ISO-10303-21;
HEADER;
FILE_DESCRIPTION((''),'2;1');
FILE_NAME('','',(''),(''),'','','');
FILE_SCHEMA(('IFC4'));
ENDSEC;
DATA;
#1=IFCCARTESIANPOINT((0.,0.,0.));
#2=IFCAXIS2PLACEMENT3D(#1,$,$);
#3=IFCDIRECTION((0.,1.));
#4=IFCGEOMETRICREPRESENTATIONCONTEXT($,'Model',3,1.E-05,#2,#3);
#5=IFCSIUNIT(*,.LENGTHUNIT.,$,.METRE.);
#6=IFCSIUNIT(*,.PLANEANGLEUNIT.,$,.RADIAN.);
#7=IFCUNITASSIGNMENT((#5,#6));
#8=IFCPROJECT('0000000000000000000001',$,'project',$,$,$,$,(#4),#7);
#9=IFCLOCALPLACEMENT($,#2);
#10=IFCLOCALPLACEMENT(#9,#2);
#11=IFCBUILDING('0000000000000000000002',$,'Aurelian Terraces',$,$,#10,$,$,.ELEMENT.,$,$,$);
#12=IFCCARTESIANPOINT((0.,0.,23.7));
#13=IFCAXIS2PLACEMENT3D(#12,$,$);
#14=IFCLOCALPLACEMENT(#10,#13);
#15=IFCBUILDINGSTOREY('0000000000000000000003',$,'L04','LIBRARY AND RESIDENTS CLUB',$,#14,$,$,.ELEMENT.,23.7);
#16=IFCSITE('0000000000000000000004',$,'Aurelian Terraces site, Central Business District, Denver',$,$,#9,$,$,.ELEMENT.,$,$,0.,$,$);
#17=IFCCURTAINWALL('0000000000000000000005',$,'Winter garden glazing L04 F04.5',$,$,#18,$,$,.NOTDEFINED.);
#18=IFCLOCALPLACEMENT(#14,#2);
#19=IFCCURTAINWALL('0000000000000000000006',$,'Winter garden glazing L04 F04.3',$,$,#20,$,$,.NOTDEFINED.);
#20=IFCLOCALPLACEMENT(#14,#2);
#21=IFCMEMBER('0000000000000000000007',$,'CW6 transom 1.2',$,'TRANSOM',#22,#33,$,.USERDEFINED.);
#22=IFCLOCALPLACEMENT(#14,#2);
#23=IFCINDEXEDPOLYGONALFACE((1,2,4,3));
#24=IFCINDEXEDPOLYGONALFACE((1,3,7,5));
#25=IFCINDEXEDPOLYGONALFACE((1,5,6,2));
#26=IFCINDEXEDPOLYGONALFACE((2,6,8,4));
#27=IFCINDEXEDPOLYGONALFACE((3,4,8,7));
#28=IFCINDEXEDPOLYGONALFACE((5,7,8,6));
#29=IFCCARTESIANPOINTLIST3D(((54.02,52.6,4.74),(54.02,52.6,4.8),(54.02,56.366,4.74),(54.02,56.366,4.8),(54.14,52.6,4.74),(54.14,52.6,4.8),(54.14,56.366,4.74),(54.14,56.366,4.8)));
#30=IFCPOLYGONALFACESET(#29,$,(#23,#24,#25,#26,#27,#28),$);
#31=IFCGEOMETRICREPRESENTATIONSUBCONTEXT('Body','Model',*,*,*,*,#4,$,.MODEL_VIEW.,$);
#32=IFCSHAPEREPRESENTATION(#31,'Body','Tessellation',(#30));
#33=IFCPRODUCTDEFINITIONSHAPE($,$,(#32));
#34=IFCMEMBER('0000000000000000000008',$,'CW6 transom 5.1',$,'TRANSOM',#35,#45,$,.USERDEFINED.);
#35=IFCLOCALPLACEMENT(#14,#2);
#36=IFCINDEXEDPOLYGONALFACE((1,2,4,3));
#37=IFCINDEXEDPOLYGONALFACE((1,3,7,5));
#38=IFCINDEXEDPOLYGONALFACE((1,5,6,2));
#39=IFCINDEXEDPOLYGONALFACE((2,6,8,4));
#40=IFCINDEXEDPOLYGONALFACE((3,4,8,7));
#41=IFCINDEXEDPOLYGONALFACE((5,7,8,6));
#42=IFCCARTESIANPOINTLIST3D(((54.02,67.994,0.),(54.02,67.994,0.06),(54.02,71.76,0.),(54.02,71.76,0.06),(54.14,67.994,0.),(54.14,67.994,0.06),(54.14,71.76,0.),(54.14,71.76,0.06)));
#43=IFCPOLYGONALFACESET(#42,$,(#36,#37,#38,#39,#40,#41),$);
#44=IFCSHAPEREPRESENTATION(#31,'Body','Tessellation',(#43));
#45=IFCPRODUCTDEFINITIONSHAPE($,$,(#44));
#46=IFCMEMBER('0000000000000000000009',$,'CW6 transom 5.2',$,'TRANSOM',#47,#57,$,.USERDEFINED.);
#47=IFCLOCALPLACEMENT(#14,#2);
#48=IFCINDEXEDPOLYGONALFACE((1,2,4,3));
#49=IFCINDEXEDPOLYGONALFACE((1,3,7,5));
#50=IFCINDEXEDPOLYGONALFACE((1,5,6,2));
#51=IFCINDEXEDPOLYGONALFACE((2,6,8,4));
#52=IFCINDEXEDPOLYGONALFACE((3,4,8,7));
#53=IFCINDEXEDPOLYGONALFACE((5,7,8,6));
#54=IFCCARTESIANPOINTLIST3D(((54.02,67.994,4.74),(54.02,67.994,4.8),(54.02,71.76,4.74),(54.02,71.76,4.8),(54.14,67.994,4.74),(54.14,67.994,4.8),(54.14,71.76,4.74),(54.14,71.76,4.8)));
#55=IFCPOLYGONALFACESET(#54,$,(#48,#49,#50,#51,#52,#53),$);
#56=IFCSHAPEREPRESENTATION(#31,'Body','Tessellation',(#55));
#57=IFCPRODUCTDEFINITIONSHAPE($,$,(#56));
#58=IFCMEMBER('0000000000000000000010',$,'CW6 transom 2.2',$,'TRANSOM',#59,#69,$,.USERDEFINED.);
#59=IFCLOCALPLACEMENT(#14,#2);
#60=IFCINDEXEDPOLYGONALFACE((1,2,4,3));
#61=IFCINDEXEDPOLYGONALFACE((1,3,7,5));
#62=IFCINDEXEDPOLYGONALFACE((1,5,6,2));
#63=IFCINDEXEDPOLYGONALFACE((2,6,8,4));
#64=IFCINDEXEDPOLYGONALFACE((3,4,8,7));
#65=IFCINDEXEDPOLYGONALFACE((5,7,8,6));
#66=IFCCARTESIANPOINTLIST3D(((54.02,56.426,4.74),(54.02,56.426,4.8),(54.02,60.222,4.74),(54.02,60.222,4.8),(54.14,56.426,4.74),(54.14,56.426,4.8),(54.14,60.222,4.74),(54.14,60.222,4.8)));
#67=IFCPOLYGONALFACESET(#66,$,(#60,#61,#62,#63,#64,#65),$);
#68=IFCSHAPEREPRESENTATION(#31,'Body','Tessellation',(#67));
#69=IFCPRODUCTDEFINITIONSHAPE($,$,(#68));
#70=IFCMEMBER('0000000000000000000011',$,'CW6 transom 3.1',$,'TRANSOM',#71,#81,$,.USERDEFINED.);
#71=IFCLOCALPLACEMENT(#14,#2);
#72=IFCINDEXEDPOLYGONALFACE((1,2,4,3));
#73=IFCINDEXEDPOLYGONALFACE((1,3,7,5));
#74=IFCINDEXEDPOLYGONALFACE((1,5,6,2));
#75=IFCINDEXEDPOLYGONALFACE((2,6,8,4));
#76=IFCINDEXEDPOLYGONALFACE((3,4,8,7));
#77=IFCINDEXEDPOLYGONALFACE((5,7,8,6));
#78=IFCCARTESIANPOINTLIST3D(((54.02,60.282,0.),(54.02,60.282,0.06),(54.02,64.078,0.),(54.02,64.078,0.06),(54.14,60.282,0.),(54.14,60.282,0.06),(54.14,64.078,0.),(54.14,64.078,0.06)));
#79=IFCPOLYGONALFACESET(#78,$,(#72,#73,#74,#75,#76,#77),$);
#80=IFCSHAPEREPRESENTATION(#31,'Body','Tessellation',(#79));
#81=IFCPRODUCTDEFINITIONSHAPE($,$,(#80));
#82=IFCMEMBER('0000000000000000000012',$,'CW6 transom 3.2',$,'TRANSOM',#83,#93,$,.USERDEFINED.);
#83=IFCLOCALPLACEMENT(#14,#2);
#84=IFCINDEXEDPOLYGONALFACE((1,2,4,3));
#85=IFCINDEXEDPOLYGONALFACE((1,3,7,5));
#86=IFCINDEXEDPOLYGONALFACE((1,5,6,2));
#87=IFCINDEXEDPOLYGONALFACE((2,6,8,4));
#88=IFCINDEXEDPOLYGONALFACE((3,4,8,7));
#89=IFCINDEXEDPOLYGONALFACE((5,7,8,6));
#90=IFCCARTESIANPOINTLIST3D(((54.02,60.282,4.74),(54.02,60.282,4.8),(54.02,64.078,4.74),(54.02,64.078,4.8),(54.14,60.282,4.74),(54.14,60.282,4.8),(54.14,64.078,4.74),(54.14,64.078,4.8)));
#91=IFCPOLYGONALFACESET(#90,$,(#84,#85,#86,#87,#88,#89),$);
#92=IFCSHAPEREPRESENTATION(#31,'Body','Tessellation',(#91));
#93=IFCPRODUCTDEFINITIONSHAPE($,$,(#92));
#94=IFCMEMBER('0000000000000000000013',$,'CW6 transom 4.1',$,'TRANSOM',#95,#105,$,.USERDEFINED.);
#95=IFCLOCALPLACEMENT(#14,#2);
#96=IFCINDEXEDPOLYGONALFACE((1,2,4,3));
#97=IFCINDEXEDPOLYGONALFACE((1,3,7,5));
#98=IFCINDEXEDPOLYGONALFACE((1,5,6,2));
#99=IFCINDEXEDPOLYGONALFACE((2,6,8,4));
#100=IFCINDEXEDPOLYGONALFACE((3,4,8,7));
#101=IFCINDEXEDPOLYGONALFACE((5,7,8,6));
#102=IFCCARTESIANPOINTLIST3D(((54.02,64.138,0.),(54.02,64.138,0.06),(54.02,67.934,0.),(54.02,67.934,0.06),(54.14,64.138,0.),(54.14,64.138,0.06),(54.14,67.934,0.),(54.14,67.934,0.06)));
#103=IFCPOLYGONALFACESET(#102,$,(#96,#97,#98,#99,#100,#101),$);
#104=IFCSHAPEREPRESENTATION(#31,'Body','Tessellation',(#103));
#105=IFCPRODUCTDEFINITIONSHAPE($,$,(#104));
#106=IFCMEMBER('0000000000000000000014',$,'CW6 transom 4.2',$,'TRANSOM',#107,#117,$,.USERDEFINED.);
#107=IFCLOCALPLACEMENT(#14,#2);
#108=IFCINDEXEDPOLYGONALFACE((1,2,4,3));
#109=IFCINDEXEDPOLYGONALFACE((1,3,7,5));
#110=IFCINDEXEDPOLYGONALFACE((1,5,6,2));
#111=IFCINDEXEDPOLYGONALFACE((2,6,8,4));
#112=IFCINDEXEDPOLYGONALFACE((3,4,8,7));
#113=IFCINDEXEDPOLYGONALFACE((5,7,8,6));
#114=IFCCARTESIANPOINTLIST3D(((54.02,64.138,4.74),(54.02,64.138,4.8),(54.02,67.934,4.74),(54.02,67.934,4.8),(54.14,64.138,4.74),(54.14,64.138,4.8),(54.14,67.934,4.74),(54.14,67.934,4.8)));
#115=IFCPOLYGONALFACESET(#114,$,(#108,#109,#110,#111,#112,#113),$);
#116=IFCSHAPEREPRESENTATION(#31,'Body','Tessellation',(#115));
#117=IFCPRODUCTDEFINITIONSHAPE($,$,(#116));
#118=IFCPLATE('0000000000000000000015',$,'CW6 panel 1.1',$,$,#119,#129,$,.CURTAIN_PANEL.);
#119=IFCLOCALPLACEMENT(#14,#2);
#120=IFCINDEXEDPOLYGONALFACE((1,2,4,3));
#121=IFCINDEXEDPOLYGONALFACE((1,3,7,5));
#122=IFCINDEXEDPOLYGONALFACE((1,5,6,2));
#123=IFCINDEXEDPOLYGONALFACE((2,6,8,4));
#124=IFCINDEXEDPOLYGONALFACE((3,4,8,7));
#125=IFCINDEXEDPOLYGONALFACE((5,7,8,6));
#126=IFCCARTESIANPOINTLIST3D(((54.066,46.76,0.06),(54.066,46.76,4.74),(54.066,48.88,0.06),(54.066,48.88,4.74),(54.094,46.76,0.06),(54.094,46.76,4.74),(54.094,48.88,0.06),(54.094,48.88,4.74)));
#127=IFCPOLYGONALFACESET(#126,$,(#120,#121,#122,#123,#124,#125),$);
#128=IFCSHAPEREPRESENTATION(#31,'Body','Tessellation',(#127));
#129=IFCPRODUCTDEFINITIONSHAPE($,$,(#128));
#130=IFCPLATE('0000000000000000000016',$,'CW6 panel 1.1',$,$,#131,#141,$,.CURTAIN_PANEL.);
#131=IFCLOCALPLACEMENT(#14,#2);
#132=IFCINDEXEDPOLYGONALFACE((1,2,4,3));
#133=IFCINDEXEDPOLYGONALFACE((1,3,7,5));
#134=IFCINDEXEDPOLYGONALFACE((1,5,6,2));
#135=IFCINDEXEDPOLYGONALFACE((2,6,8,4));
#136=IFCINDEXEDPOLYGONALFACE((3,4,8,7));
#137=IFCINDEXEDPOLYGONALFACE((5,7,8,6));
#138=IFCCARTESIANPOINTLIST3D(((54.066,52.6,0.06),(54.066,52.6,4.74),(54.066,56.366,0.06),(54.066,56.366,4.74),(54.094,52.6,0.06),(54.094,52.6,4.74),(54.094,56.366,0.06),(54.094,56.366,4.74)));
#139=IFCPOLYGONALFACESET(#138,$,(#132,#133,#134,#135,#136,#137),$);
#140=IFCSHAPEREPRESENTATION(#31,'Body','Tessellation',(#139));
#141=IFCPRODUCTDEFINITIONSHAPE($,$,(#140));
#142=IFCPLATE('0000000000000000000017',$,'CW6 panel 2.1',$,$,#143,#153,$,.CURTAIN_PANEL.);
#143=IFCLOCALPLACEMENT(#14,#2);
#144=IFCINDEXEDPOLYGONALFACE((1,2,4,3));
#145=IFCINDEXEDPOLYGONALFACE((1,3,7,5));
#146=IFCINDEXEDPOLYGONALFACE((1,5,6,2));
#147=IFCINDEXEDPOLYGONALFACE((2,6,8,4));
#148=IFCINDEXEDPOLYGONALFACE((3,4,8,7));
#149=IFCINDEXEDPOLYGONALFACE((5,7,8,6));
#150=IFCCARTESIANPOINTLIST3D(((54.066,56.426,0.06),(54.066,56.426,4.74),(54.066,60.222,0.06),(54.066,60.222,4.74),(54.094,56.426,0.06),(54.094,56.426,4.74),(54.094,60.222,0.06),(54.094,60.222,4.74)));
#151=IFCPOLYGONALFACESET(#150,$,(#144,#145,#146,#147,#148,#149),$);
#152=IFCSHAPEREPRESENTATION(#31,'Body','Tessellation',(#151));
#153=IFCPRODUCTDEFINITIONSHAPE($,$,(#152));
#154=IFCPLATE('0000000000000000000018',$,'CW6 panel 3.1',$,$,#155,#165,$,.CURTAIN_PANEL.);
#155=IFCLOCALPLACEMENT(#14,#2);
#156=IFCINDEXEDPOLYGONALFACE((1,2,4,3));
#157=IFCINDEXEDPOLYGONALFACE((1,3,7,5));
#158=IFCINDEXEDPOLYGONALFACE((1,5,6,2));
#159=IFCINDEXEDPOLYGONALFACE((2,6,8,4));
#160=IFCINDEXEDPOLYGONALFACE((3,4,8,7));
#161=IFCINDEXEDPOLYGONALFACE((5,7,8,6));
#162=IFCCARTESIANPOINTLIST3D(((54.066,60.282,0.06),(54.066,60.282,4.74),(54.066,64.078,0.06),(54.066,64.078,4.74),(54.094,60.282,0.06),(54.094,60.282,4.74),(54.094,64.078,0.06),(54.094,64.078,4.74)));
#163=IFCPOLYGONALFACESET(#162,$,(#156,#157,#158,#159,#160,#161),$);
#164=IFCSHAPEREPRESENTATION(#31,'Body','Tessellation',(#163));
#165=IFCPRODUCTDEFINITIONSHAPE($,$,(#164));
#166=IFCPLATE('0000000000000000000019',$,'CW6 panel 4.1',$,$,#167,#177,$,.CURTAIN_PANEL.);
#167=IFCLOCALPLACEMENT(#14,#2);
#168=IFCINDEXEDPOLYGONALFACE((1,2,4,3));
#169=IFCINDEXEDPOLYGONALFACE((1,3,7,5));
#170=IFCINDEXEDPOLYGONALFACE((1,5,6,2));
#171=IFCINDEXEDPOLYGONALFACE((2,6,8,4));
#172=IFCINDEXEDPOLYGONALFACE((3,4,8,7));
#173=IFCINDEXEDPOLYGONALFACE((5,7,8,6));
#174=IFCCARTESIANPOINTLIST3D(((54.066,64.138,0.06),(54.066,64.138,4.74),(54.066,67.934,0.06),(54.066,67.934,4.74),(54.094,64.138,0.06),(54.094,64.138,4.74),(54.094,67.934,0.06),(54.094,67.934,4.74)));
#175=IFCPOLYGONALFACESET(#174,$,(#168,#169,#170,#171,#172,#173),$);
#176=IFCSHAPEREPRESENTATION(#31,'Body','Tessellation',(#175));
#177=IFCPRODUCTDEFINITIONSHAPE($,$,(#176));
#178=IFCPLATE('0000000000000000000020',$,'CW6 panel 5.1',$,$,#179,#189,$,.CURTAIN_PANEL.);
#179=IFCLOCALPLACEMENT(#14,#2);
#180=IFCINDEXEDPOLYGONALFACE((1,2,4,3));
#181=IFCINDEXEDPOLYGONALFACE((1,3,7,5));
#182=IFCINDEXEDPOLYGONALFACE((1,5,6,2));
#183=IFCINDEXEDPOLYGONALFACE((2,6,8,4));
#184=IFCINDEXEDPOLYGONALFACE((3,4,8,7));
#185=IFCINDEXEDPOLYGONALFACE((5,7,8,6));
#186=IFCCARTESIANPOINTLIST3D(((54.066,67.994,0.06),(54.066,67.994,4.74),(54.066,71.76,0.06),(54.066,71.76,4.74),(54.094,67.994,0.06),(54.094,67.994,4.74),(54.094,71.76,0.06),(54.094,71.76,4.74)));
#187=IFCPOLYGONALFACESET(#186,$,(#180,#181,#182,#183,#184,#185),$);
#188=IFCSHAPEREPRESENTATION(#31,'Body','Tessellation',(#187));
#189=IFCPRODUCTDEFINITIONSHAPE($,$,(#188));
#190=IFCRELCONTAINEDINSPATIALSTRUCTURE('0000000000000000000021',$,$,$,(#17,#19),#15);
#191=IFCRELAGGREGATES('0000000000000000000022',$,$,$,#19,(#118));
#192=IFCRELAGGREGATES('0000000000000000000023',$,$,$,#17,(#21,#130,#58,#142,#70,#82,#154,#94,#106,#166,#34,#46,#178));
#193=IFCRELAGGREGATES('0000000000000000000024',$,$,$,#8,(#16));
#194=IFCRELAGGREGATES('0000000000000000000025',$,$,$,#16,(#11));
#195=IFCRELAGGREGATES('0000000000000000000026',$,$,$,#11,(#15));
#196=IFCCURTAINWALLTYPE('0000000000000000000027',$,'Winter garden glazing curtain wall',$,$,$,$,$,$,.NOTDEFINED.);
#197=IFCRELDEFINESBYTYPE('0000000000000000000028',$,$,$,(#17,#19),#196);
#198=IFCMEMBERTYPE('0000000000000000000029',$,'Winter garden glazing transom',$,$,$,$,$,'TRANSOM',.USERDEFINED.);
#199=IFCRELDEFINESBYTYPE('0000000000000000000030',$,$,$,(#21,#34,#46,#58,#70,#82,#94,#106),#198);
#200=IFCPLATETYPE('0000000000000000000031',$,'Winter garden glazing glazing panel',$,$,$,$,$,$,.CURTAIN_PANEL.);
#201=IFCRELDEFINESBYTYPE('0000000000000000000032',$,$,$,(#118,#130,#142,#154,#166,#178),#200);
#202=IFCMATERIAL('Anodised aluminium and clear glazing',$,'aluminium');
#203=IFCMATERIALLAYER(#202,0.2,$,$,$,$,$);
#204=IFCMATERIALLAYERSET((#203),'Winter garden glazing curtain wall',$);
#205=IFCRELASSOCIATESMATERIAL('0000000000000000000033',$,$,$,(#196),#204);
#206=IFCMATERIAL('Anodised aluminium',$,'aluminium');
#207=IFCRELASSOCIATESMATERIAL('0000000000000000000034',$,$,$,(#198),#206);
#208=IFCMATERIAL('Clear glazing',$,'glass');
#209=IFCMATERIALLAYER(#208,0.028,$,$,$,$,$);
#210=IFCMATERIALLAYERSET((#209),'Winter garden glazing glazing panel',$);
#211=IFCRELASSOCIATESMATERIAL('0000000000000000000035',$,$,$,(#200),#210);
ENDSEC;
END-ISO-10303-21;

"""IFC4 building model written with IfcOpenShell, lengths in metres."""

from ifc_helpers import new_model, si_unit, direction, frame, origin, origin_2d, place, context, subcontext, project, spatial, rectangle, extrude, source, transform, mapped, material, layer, layer_set, material_profile, profile_set, type_object, element, aggregate, save


model = new_model("IFC4")

# Units and contexts
model_context = context("Model", 3, precision=1e-05, world=origin(), true_north=direction((0.0, 1.0)))
body_context = subcontext(model_context, "Body", "Model", "MODEL_VIEW")
ifc_project = project(units=[si_unit("LENGTHUNIT", "METRE"), si_unit("PLANEANGLEUNIT", "RADIAN")], contexts=[model_context])

# Site, building, storey
site_placement = place(None, origin())
site = spatial("IfcSite", under=ifc_project, at=site_placement, Name="Aurelian Terraces site, Central Business District, Denver", CompositionType="ELEMENT", RefElevation=0.0)
building_placement = place(site_placement, origin())
building = spatial("IfcBuilding", under=site, at=building_placement, Name="Aurelian Terraces", CompositionType="ELEMENT")
storey_placement = place(building_placement, frame((0.0, 0.0, 23.7)))
storey = spatial("IfcBuildingStorey", under=building, at=storey_placement, Name="L04", Description="LIBRARY AND RESIDENTS CLUB", CompositionType="ELEMENT", Elevation=23.7)

# Curtain wall
ifc_material_1 = material(Name="Anodised aluminium and clear glazing", Category="aluminium")
ifc_layer_1 = layer(ifc_material_1, 0.2)
ifc_layer_set_1 = layer_set([ifc_layer_1], Name="Winter garden glazing curtain wall")
curtain_wall_type = type_object("IfcCurtainWallType", Name="Winter garden glazing curtain wall", PredefinedType="NOTDEFINED", material=ifc_layer_set_1)
curtain_wall_1_placement = place(storey_placement, origin())
curtain_wall_1 = element("IfcCurtainWall", 1, at=curtain_wall_1_placement, inside=storey, type_object=curtain_wall_type, Name="Winter garden glazing L04 F04.5", PredefinedType="NOTDEFINED")
ifc_material_2 = material(Name="Anodised aluminium", Category="aluminium")
ifc_material_profile_1 = material_profile(ifc_material_2, rectangle(XDim=0.12, YDim=0.06, at=origin_2d()))
ifc_profile_set_1 = profile_set([ifc_material_profile_1], Name="Anodised aluminium")
member_type_1 = type_object("IfcMemberType", Name="Winter garden glazing transom", ElementType="TRANSOM", PredefinedType="USERDEFINED", material=ifc_profile_set_1)

# Curtain wall
curtain_wall_2_placement = place(storey_placement, origin())
curtain_wall_2 = element("IfcCurtainWall", 2, at=curtain_wall_2_placement, inside=storey, type_object=curtain_wall_type, Name="Winter garden glazing L04 F04.3", PredefinedType="NOTDEFINED")

# Members
shared_shape_1 = source(origin(), body_context, "Body", "SweptSolid", [
    extrude(rectangle(XDim=0.12, YDim=0.06, at=origin_2d()), origin(), (0.0, 0.0, 1.0), 3.766),
])
member_1_placement = place(storey_placement, frame((54.08, 52.6, 4.77), z_axis=(0.0, 1.0, 0.0), x_axis=(-1.0, 0.0, 0.0)))
member_1 = element("IfcMember", 3, at=member_1_placement, type_object=member_type_1, Name="CW6 transom 1.2", ObjectType="TRANSOM", PredefinedType="USERDEFINED", context=body_context, shape_type="MappedRepresentation", body=[
    mapped(shared_shape_1, transform((0.0, 0.0, 0.0), scale=1.0)),
])
member_2_placement = place(storey_placement, frame((54.08, 67.994, 0.03), z_axis=(0.0, 1.0, 0.0), x_axis=(-1.0, 0.0, 0.0)))
member_2 = element("IfcMember", 4, at=member_2_placement, type_object=member_type_1, Name="CW6 transom 5.1", ObjectType="TRANSOM", PredefinedType="USERDEFINED", context=body_context, shape_type="MappedRepresentation", body=[
    mapped(shared_shape_1, transform((0.0, 0.0, 0.0), scale=1.0)),
])
member_3_placement = place(storey_placement, frame((54.08, 67.994, 4.77), z_axis=(0.0, 1.0, 0.0), x_axis=(-1.0, 0.0, 0.0)))
member_3 = element("IfcMember", 5, at=member_3_placement, type_object=member_type_1, Name="CW6 transom 5.2", ObjectType="TRANSOM", PredefinedType="USERDEFINED", context=body_context, shape_type="MappedRepresentation", body=[
    mapped(shared_shape_1, transform((0.0, 0.0, 0.0), scale=1.0)),
])
shared_shape_2 = source(origin(), body_context, "Body", "SweptSolid", [
    extrude(rectangle(XDim=0.12, YDim=0.06, at=origin_2d()), origin(), (0.0, 0.0, 1.0), 3.796),
])
member_4_placement = place(storey_placement, frame((54.08, 56.426, 4.77), z_axis=(0.0, 1.0, 0.0), x_axis=(-1.0, 0.0, 0.0)))
member_4 = element("IfcMember", 6, at=member_4_placement, type_object=member_type_1, Name="CW6 transom 2.2", ObjectType="TRANSOM", PredefinedType="USERDEFINED", context=body_context, shape_type="MappedRepresentation", body=[
    mapped(shared_shape_2, transform((0.0, 0.0, 0.0), scale=1.0)),
])
member_5_placement = place(storey_placement, frame((54.08, 60.282, 0.03), z_axis=(0.0, 1.0, 0.0), x_axis=(-1.0, 0.0, 0.0)))
member_5 = element("IfcMember", 7, at=member_5_placement, type_object=member_type_1, Name="CW6 transom 3.1", ObjectType="TRANSOM", PredefinedType="USERDEFINED", context=body_context, shape_type="MappedRepresentation", body=[
    mapped(shared_shape_2, transform((0.0, 0.0, 0.0), scale=1.0)),
])
member_6_placement = place(storey_placement, frame((54.08, 60.282, 4.77), z_axis=(0.0, 1.0, 0.0), x_axis=(-1.0, 0.0, 0.0)))
member_6 = element("IfcMember", 8, at=member_6_placement, type_object=member_type_1, Name="CW6 transom 3.2", ObjectType="TRANSOM", PredefinedType="USERDEFINED", context=body_context, shape_type="MappedRepresentation", body=[
    mapped(shared_shape_2, transform((0.0, 0.0, 0.0), scale=1.0)),
])
member_7_placement = place(storey_placement, frame((54.08, 64.138, 0.03), z_axis=(0.0, 1.0, 0.0), x_axis=(-1.0, 0.0, 0.0)))
member_7 = element("IfcMember", 9, at=member_7_placement, type_object=member_type_1, Name="CW6 transom 4.1", ObjectType="TRANSOM", PredefinedType="USERDEFINED", context=body_context, shape_type="MappedRepresentation", body=[
    mapped(shared_shape_2, transform((0.0, 0.0, 0.0), scale=1.0)),
])
member_8_placement = place(storey_placement, frame((54.08, 64.138, 4.77), z_axis=(0.0, 1.0, 0.0), x_axis=(-1.0, 0.0, 0.0)))
member_8 = element("IfcMember", 10, at=member_8_placement, type_object=member_type_1, Name="CW6 transom 4.2", ObjectType="TRANSOM", PredefinedType="USERDEFINED", context=body_context, shape_type="MappedRepresentation", body=[
    mapped(shared_shape_2, transform((0.0, 0.0, 0.0), scale=1.0)),
])

# Plates
ifc_material_3 = material(Name="Clear glazing", Category="glass")
ifc_layer_2 = layer(ifc_material_3, 0.028)
ifc_layer_set_2 = layer_set([ifc_layer_2], Name="Winter garden glazing glazing panel")
plate_type = type_object("IfcPlateType", Name="Winter garden glazing glazing panel", PredefinedType="CURTAIN_PANEL", material=ifc_layer_set_2)
plate_1_placement = place(storey_placement, frame((54.08, 47.82, 0.06), z_axis=(0.0, 0.0, 1.0), x_axis=(0.0, 1.0, 0.0)))
plate_1 = element("IfcPlate", 11, at=plate_1_placement, type_object=plate_type, Name="CW6 panel 1.1", PredefinedType="CURTAIN_PANEL", context=body_context, shape_type="SweptSolid", body=[
    extrude(rectangle(XDim=2.12, YDim=0.028, at=origin_2d()), origin(), (0.0, 0.0, 1.0), 4.68),
])
aggregate(curtain_wall_2, [plate_1])
plate_2_placement = place(storey_placement, frame((54.08, 54.483, 0.06), z_axis=(0.0, 0.0, 1.0), x_axis=(0.0, 1.0, 0.0)))
plate_2 = element("IfcPlate", 12, at=plate_2_placement, type_object=plate_type, Name="CW6 panel 1.1", PredefinedType="CURTAIN_PANEL", context=body_context, shape_type="SweptSolid", body=[
    extrude(rectangle(XDim=3.766, YDim=0.028, at=origin_2d()), origin(), (0.0, 0.0, 1.0), 4.68),
])
plate_3_placement = place(storey_placement, frame((54.08, 58.324, 0.06), z_axis=(0.0, 0.0, 1.0), x_axis=(0.0, 1.0, 0.0)))
plate_3 = element("IfcPlate", 13, at=plate_3_placement, type_object=plate_type, Name="CW6 panel 2.1", PredefinedType="CURTAIN_PANEL", context=body_context, shape_type="SweptSolid", body=[
    extrude(rectangle(XDim=3.796, YDim=0.028, at=origin_2d()), origin(), (0.0, 0.0, 1.0), 4.68),
])
shared_shape_3 = source(origin(), body_context, "Body", "SweptSolid", [
    extrude(rectangle(XDim=3.796, YDim=0.028, at=origin_2d()), origin(), (0.0, 0.0, 1.0), 4.68),
])
plate_4_placement = place(storey_placement, frame((54.08, 62.18, 0.06), z_axis=(0.0, 0.0, 1.0), x_axis=(0.0, 1.0, 0.0)))
plate_4 = element("IfcPlate", 14, at=plate_4_placement, type_object=plate_type, Name="CW6 panel 3.1", PredefinedType="CURTAIN_PANEL", context=body_context, shape_type="MappedRepresentation", body=[
    mapped(shared_shape_3, transform((0.0, 0.0, 0.0), scale=1.0)),
])
plate_5_placement = place(storey_placement, frame((54.08, 66.036, 0.06), z_axis=(0.0, 0.0, 1.0), x_axis=(0.0, 1.0, 0.0)))
plate_5 = element("IfcPlate", 15, at=plate_5_placement, type_object=plate_type, Name="CW6 panel 4.1", PredefinedType="CURTAIN_PANEL", context=body_context, shape_type="MappedRepresentation", body=[
    mapped(shared_shape_3, transform((0.0, 0.0, 0.0), scale=1.0)),
])
shared_shape_4 = source(origin(), body_context, "Body", "SweptSolid", [
    extrude(rectangle(XDim=3.766, YDim=0.028, at=origin_2d()), origin(), (0.0, 0.0, 1.0), 4.68),
])
plate_6_placement = place(storey_placement, frame((54.08, 69.877, 0.06), z_axis=(0.0, 0.0, 1.0), x_axis=(0.0, 1.0, 0.0)))
plate_6 = element("IfcPlate", 16, at=plate_6_placement, type_object=plate_type, Name="CW6 panel 5.1", PredefinedType="CURTAIN_PANEL", context=body_context, shape_type="MappedRepresentation", body=[
    mapped(shared_shape_4, transform((0.0, 0.0, 0.0), scale=1.0)),
])
aggregate(curtain_wall_1, [member_1, plate_2, member_4, plate_3, member_5, member_6, plate_4, member_7, member_8, plate_5, member_2, member_3, plate_6])

save(model, "model.ifc")
